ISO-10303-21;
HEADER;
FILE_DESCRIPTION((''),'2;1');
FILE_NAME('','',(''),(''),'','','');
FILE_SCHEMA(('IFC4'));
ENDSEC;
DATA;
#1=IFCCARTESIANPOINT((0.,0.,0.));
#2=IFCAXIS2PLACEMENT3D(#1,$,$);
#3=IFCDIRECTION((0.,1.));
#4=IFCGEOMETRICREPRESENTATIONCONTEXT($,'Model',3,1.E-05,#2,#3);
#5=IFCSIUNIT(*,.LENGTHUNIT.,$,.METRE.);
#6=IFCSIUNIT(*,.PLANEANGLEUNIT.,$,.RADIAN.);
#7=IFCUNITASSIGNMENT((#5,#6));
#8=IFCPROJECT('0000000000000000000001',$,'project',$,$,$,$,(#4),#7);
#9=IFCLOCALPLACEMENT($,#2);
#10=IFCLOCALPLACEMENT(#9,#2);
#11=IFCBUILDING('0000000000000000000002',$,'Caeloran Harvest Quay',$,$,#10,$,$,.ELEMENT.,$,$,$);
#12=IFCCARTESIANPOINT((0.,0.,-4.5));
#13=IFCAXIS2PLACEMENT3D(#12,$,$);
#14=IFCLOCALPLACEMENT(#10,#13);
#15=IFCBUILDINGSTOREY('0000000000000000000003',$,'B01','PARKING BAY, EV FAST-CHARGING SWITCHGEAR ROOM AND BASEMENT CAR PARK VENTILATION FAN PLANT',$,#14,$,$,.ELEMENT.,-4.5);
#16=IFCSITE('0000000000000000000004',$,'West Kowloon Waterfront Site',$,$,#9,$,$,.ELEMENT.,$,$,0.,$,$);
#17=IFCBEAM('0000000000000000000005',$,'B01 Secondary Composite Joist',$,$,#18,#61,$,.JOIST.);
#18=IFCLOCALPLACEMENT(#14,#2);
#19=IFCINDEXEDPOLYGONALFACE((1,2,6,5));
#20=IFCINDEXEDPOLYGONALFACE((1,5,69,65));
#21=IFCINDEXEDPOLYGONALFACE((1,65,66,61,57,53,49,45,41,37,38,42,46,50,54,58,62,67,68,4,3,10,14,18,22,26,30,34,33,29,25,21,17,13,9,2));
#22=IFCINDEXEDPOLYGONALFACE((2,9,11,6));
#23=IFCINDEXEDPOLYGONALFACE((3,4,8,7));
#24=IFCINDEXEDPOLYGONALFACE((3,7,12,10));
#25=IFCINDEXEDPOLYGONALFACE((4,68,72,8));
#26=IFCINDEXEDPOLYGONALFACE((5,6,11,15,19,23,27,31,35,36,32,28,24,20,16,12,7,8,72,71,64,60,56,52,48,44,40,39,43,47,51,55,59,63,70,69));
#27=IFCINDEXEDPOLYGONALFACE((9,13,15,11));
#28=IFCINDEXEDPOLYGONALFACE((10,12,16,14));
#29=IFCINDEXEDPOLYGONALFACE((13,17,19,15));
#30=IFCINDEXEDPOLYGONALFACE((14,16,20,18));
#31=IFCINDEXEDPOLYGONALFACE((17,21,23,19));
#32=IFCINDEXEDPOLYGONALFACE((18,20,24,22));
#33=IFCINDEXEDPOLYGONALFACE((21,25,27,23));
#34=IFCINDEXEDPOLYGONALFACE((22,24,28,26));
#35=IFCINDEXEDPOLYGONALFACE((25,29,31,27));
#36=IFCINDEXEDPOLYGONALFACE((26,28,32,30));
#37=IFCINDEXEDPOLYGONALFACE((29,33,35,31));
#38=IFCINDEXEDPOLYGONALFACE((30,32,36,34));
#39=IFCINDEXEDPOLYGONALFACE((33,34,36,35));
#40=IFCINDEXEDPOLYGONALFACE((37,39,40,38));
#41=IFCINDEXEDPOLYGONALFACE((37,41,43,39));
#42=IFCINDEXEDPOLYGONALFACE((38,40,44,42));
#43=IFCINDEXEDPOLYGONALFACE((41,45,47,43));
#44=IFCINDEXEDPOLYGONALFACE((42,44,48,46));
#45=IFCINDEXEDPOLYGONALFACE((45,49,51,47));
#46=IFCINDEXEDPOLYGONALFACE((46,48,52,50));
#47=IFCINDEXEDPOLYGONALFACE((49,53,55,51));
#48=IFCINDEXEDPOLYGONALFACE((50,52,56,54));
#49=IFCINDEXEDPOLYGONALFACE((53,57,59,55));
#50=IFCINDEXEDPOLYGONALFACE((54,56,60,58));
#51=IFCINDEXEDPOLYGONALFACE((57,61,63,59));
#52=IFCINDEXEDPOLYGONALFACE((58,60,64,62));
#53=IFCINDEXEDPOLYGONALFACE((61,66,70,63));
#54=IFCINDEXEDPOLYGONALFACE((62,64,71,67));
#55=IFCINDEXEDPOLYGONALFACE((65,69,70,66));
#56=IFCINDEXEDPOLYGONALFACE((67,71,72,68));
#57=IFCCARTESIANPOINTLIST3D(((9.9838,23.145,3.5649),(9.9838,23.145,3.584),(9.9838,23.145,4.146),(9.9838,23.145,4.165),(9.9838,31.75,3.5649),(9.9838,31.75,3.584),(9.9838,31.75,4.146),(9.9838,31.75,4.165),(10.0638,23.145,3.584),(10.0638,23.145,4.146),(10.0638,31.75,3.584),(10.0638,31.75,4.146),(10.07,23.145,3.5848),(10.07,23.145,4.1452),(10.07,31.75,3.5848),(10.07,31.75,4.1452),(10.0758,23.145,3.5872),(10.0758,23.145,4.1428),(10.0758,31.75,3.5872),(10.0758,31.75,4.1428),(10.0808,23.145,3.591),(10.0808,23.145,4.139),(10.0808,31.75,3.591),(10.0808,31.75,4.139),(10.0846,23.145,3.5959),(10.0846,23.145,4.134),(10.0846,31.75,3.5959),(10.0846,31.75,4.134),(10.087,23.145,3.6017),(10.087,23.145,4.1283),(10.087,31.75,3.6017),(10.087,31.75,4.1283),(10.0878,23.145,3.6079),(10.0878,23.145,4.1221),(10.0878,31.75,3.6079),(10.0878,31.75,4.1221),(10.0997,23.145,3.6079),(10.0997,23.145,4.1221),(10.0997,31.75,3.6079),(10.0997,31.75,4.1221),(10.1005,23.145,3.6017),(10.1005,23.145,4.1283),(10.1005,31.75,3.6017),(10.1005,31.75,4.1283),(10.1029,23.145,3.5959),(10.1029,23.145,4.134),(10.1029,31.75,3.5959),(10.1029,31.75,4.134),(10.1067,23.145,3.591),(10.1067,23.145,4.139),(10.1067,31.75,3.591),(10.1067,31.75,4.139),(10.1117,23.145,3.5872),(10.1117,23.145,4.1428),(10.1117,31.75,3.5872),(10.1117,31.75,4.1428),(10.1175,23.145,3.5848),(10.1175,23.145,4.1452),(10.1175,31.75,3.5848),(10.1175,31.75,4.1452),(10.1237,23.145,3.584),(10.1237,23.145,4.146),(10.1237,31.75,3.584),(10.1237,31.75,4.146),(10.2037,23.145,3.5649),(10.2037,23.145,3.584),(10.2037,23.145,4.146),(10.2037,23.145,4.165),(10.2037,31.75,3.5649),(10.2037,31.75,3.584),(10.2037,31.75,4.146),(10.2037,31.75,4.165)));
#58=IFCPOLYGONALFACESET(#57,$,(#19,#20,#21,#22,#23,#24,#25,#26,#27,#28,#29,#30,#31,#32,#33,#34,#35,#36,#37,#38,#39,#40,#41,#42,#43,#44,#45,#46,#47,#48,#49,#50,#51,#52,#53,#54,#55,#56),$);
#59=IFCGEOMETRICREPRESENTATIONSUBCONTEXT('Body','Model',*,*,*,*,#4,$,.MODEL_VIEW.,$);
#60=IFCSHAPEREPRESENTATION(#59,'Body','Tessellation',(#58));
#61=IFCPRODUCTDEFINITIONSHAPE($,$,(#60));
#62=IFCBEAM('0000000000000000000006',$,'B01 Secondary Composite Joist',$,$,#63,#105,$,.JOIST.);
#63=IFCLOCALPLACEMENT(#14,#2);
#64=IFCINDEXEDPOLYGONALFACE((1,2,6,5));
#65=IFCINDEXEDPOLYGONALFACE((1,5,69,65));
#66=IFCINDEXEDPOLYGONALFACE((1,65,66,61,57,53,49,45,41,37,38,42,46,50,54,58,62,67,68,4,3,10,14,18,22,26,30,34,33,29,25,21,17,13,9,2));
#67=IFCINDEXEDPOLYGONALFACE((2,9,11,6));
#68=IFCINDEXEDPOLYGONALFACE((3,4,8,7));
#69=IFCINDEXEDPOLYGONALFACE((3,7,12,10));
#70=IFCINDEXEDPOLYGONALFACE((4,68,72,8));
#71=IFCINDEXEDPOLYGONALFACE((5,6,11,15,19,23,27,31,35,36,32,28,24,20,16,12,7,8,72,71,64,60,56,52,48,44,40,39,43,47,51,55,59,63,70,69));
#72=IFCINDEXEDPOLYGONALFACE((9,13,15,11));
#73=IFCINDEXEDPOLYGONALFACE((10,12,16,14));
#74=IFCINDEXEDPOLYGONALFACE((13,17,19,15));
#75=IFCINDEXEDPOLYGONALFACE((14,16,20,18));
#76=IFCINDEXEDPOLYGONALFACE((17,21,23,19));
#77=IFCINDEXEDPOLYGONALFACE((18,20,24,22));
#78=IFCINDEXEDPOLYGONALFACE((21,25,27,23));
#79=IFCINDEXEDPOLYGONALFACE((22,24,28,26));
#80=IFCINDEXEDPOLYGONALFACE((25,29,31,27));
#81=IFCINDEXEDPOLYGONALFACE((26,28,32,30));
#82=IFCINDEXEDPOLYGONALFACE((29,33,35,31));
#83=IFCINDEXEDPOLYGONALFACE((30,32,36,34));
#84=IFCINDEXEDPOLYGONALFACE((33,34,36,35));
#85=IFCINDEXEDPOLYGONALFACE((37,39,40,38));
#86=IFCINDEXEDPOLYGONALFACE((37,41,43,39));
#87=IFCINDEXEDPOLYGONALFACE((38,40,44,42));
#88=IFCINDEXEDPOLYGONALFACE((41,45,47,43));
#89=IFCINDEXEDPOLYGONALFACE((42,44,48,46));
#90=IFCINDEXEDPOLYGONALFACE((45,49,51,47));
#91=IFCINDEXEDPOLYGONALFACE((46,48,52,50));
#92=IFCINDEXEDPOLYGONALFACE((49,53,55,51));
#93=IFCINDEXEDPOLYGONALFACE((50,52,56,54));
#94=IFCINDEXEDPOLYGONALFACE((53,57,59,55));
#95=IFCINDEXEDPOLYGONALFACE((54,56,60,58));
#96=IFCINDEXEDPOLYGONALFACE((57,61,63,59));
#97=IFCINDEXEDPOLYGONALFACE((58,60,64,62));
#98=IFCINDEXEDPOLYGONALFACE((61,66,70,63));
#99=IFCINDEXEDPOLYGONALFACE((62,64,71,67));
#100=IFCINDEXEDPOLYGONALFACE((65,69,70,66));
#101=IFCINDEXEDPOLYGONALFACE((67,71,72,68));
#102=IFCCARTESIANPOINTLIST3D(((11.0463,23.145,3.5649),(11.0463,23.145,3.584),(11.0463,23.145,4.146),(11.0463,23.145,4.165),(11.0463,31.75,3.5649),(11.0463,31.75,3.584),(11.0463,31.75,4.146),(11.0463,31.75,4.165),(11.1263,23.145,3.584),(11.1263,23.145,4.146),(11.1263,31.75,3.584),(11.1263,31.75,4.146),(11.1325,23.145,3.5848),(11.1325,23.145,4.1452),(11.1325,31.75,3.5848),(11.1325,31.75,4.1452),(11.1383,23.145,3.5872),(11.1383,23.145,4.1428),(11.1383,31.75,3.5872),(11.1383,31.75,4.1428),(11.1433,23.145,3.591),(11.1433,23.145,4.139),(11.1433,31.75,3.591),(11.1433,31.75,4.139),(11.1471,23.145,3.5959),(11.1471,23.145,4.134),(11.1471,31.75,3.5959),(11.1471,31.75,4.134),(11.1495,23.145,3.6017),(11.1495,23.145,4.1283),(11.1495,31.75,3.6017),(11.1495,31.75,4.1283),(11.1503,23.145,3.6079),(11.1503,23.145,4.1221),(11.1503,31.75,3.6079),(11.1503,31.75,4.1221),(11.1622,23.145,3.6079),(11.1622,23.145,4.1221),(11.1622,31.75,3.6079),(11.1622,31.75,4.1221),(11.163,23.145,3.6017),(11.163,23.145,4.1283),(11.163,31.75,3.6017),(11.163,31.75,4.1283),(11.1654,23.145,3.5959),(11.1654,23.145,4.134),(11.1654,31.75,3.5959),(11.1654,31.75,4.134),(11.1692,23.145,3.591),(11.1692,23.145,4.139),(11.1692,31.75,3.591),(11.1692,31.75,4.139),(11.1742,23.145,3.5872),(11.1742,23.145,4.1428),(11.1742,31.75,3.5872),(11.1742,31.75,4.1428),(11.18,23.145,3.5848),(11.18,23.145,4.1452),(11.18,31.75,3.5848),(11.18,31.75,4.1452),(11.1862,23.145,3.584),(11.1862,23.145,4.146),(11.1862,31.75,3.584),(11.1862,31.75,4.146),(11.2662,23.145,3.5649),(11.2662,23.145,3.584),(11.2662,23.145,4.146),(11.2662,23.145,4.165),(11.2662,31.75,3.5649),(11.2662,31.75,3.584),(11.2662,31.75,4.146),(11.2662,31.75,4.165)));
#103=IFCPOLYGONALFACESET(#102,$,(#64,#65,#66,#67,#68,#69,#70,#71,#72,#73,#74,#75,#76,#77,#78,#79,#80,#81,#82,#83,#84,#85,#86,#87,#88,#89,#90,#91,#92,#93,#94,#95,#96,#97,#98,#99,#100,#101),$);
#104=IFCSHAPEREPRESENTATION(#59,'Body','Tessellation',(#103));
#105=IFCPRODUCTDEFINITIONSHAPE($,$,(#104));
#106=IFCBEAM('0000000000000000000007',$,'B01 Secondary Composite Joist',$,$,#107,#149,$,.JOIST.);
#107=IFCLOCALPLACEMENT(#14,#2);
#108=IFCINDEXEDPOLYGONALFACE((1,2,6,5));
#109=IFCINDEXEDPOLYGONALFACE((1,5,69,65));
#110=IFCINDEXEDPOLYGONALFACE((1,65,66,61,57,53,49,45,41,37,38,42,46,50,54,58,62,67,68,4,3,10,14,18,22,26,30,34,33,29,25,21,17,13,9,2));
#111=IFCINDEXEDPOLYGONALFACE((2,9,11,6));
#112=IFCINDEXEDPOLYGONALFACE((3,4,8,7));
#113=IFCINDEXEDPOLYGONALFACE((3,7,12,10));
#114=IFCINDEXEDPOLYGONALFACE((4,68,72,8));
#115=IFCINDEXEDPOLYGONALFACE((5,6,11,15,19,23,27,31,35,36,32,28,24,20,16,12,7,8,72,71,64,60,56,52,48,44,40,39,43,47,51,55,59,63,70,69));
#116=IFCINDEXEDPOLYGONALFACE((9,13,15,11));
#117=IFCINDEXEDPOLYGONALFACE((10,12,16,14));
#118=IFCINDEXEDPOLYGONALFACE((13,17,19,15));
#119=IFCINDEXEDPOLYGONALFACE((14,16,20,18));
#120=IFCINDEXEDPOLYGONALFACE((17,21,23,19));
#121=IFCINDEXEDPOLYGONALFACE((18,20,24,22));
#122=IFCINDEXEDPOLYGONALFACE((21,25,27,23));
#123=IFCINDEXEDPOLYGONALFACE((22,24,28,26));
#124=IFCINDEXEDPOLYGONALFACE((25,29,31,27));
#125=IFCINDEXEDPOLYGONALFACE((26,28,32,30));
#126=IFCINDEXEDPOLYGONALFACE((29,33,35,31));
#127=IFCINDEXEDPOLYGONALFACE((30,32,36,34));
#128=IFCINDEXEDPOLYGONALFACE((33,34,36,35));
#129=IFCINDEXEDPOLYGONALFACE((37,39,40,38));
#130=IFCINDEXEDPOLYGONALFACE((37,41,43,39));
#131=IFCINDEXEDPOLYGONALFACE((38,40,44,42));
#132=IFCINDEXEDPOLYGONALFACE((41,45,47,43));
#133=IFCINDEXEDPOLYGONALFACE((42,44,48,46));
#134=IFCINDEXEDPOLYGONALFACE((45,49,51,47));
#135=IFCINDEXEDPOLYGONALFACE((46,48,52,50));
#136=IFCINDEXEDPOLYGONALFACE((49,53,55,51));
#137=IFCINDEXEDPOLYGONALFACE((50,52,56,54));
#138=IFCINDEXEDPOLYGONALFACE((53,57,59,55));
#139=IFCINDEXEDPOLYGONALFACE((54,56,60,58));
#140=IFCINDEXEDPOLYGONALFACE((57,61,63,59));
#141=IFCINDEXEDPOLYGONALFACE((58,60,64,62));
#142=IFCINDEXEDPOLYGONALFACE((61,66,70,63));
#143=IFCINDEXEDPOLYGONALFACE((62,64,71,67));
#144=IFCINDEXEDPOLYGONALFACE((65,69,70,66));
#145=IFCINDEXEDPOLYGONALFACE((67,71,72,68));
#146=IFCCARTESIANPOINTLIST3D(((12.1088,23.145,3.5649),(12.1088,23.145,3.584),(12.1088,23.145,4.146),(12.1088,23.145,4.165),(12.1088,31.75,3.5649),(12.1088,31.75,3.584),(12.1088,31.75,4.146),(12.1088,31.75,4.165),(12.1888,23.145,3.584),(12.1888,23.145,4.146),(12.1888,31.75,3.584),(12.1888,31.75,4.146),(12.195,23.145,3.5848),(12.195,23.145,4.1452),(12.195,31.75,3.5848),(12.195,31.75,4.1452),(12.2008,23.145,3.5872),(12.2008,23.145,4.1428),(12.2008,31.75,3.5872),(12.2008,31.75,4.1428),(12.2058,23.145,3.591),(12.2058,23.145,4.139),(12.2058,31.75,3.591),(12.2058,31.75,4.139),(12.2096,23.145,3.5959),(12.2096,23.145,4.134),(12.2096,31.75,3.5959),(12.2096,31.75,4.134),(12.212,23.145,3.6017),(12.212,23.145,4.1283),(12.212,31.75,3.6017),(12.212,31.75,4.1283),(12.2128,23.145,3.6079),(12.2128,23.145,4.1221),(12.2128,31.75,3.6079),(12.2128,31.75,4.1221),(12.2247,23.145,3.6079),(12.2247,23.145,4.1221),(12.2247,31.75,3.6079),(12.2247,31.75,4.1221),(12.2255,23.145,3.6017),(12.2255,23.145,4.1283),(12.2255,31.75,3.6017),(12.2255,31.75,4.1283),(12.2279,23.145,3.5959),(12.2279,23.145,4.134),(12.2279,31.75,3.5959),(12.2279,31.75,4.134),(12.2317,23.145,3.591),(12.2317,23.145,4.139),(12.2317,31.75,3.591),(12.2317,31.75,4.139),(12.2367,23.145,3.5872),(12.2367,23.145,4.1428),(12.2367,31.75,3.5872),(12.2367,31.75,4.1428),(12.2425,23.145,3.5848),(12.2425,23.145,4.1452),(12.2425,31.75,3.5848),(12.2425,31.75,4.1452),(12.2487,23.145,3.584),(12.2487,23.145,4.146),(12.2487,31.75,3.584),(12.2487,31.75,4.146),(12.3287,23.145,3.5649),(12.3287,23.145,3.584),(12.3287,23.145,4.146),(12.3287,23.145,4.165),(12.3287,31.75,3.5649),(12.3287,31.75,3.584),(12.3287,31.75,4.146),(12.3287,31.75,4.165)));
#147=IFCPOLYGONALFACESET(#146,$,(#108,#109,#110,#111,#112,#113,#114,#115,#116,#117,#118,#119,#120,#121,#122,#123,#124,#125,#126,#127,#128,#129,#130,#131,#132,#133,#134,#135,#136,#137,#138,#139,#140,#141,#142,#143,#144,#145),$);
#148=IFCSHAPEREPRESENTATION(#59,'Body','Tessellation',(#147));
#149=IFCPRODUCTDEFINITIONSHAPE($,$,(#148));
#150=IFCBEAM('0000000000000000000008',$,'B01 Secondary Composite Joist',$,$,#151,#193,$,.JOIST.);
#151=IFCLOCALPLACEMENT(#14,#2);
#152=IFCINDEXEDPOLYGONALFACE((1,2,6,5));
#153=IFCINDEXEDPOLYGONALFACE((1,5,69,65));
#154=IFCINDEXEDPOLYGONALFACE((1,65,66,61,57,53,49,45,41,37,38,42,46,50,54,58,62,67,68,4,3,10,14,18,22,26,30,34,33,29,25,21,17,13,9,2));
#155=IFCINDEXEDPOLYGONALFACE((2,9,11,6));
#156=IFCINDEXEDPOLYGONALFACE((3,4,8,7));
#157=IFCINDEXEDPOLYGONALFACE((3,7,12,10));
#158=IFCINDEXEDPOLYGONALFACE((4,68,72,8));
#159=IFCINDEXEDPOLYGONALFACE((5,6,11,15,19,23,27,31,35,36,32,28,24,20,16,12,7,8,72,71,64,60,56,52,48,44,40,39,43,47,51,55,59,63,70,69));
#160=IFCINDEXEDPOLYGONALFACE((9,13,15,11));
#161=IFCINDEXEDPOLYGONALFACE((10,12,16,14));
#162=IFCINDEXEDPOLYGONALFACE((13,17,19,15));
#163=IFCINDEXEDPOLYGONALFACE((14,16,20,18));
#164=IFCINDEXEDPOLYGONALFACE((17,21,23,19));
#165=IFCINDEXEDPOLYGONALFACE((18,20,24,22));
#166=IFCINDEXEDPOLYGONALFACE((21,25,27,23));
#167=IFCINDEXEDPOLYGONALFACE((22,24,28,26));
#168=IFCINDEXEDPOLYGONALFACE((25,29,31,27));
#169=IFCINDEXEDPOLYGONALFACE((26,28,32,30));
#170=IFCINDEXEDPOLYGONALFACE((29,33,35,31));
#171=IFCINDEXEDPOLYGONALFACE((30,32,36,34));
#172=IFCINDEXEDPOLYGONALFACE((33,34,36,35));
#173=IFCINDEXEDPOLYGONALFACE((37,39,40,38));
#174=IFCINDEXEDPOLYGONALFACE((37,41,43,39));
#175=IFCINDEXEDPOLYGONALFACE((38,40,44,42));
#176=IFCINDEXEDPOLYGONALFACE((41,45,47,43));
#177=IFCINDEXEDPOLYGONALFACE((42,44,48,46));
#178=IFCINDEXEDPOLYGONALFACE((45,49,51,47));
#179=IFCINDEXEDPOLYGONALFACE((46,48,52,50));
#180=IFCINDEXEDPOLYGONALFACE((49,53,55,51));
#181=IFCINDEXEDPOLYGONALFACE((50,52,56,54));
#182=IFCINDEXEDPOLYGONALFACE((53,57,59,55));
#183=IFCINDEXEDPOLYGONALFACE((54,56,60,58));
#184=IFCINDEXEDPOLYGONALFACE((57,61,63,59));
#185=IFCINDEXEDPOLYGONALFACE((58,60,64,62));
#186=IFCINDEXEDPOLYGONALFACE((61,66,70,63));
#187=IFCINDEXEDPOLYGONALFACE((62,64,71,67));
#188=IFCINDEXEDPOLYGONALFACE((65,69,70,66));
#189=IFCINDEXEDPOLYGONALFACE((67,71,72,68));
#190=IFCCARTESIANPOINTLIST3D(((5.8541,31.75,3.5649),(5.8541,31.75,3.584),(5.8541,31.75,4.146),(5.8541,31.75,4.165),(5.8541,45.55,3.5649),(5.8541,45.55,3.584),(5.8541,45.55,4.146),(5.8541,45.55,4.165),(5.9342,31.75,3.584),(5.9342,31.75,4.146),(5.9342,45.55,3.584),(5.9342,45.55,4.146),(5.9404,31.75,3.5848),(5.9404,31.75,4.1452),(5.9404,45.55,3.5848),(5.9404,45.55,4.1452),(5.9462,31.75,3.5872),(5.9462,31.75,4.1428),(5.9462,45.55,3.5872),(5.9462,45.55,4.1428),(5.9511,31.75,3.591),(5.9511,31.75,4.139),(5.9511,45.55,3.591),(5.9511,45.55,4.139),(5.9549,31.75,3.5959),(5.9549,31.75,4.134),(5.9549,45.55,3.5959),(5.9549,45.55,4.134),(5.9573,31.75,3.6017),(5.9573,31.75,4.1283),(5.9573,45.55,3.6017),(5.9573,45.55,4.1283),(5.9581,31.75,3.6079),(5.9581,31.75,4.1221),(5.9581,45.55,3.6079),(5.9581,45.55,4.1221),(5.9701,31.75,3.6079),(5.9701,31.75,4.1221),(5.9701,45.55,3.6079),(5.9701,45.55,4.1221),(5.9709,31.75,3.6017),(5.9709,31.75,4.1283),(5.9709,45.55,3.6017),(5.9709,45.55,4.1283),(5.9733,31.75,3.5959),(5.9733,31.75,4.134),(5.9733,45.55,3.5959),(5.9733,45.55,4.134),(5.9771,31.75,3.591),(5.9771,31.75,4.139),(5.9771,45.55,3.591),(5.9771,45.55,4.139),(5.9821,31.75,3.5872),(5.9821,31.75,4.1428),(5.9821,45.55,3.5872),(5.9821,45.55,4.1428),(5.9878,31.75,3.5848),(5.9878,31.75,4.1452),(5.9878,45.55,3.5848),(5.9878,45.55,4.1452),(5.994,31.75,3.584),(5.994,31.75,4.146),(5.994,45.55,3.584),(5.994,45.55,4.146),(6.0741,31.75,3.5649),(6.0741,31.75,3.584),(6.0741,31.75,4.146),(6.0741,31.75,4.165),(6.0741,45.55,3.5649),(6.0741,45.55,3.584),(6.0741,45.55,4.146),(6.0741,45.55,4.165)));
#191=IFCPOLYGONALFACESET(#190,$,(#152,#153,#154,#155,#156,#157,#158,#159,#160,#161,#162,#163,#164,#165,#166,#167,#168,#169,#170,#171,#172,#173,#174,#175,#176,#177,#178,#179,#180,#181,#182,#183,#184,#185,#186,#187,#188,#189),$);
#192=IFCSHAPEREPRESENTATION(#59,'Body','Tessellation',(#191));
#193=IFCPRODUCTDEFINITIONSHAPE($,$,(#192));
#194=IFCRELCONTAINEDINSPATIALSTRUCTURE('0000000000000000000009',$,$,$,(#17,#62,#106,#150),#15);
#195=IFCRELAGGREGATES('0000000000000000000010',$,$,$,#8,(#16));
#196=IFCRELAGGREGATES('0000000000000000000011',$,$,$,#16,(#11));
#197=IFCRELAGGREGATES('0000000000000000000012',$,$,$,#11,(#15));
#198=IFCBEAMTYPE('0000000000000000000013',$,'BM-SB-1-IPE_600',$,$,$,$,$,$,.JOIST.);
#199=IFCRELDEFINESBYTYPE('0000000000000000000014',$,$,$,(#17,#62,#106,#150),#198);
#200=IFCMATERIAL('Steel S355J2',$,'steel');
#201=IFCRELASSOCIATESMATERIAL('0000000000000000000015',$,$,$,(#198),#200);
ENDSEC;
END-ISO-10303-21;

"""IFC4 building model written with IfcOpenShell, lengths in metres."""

from ifc_helpers import new_model, si_unit, direction, frame, origin, origin_2d, place, context, subcontext, project, spatial, i_section, extrude, material, material_profile, profile_set, type_object, element, save


model = new_model("IFC4")

# Units and contexts
model_context = context("Model", 3, precision=1e-05, world=origin(), true_north=direction((0.0, 1.0)))
body_context = subcontext(model_context, "Body", "Model", "MODEL_VIEW")
ifc_project = project(units=[si_unit("LENGTHUNIT", "METRE"), si_unit("PLANEANGLEUNIT", "RADIAN")], contexts=[model_context])

# Site, building, storey
site_placement = place(None, origin())
site = spatial("IfcSite", under=ifc_project, at=site_placement, Name="West Kowloon Waterfront Site", CompositionType="ELEMENT", RefElevation=0.0)
building_placement = place(site_placement, origin())
building = spatial("IfcBuilding", under=site, at=building_placement, Name="Caeloran Harvest Quay", CompositionType="ELEMENT")
storey_placement = place(building_placement, frame((0.0, 0.0, -4.5)))
storey = spatial("IfcBuildingStorey", under=building, at=storey_placement, Name="B01", Description="PARKING BAY, EV FAST-CHARGING SWITCHGEAR ROOM AND BASEMENT CAR PARK VENTILATION FAN PLANT", CompositionType="ELEMENT", Elevation=-4.5)

# Beams
ifc_material_1 = material(Name="Steel S355J2", Category="steel")
ifc_material_profile_1 = material_profile(ifc_material_1, i_section(OverallWidth=0.22, OverallDepth=0.6001, WebThickness=0.012, FlangeThickness=0.019, FilletRadius=0.0239, at=origin_2d()), Name="IPE 600")
ifc_profile_set_1 = profile_set([ifc_material_profile_1], Name="Steel S355J2")
beam_type_1 = type_object("IfcBeamType", Name="BM-SB-1-IPE_600", PredefinedType="JOIST", material=ifc_profile_set_1)
for number, where, z_axis, x_axis, name in (
    (1, (10.0938, 23.145, 3.865), (0.0, 1.0, 0.0), (-1.0, 0.0, 0.0), "B01 Secondary Composite Joist"),
    (2, (11.1562, 23.145, 3.865), (0.0, 1.0, 0.0), (-1.0, 0.0, 0.0), "B01 Secondary Composite Joist"),
    (3, (12.2188, 23.145, 3.865), (0.0, 1.0, 0.0), (-1.0, 0.0, 0.0), "B01 Secondary Composite Joist"),
):
    element("IfcBeam", number, at=place(storey_placement, frame(where, z_axis=z_axis, x_axis=x_axis)), inside=storey, type_object=beam_type_1, Name=name, PredefinedType="JOIST", context=body_context, shape_type="SweptSolid", body=[
        extrude(i_section(OverallWidth=0.22, OverallDepth=0.6001, WebThickness=0.012, FlangeThickness=0.019, FilletRadius=0.0239, at=origin_2d()), origin(), (0.0, 0.0, 1.0), 8.605),
    ])
beam_1_placement = place(storey_placement, frame((5.9641, 31.75, 3.865), z_axis=(0.0, 1.0, 0.0), x_axis=(-1.0, 0.0, 0.0)))
element("IfcBeam", 4, at=beam_1_placement, inside=storey, type_object=beam_type_1, Name="B01 Secondary Composite Joist", PredefinedType="JOIST", context=body_context, shape_type="SweptSolid", body=[
    extrude(i_section(OverallWidth=0.22, OverallDepth=0.6001, WebThickness=0.012, FlangeThickness=0.019, FilletRadius=0.0239, at=origin_2d()), origin(), (0.0, 0.0, 1.0), 13.8),
])

save(model, "model.ifc")
